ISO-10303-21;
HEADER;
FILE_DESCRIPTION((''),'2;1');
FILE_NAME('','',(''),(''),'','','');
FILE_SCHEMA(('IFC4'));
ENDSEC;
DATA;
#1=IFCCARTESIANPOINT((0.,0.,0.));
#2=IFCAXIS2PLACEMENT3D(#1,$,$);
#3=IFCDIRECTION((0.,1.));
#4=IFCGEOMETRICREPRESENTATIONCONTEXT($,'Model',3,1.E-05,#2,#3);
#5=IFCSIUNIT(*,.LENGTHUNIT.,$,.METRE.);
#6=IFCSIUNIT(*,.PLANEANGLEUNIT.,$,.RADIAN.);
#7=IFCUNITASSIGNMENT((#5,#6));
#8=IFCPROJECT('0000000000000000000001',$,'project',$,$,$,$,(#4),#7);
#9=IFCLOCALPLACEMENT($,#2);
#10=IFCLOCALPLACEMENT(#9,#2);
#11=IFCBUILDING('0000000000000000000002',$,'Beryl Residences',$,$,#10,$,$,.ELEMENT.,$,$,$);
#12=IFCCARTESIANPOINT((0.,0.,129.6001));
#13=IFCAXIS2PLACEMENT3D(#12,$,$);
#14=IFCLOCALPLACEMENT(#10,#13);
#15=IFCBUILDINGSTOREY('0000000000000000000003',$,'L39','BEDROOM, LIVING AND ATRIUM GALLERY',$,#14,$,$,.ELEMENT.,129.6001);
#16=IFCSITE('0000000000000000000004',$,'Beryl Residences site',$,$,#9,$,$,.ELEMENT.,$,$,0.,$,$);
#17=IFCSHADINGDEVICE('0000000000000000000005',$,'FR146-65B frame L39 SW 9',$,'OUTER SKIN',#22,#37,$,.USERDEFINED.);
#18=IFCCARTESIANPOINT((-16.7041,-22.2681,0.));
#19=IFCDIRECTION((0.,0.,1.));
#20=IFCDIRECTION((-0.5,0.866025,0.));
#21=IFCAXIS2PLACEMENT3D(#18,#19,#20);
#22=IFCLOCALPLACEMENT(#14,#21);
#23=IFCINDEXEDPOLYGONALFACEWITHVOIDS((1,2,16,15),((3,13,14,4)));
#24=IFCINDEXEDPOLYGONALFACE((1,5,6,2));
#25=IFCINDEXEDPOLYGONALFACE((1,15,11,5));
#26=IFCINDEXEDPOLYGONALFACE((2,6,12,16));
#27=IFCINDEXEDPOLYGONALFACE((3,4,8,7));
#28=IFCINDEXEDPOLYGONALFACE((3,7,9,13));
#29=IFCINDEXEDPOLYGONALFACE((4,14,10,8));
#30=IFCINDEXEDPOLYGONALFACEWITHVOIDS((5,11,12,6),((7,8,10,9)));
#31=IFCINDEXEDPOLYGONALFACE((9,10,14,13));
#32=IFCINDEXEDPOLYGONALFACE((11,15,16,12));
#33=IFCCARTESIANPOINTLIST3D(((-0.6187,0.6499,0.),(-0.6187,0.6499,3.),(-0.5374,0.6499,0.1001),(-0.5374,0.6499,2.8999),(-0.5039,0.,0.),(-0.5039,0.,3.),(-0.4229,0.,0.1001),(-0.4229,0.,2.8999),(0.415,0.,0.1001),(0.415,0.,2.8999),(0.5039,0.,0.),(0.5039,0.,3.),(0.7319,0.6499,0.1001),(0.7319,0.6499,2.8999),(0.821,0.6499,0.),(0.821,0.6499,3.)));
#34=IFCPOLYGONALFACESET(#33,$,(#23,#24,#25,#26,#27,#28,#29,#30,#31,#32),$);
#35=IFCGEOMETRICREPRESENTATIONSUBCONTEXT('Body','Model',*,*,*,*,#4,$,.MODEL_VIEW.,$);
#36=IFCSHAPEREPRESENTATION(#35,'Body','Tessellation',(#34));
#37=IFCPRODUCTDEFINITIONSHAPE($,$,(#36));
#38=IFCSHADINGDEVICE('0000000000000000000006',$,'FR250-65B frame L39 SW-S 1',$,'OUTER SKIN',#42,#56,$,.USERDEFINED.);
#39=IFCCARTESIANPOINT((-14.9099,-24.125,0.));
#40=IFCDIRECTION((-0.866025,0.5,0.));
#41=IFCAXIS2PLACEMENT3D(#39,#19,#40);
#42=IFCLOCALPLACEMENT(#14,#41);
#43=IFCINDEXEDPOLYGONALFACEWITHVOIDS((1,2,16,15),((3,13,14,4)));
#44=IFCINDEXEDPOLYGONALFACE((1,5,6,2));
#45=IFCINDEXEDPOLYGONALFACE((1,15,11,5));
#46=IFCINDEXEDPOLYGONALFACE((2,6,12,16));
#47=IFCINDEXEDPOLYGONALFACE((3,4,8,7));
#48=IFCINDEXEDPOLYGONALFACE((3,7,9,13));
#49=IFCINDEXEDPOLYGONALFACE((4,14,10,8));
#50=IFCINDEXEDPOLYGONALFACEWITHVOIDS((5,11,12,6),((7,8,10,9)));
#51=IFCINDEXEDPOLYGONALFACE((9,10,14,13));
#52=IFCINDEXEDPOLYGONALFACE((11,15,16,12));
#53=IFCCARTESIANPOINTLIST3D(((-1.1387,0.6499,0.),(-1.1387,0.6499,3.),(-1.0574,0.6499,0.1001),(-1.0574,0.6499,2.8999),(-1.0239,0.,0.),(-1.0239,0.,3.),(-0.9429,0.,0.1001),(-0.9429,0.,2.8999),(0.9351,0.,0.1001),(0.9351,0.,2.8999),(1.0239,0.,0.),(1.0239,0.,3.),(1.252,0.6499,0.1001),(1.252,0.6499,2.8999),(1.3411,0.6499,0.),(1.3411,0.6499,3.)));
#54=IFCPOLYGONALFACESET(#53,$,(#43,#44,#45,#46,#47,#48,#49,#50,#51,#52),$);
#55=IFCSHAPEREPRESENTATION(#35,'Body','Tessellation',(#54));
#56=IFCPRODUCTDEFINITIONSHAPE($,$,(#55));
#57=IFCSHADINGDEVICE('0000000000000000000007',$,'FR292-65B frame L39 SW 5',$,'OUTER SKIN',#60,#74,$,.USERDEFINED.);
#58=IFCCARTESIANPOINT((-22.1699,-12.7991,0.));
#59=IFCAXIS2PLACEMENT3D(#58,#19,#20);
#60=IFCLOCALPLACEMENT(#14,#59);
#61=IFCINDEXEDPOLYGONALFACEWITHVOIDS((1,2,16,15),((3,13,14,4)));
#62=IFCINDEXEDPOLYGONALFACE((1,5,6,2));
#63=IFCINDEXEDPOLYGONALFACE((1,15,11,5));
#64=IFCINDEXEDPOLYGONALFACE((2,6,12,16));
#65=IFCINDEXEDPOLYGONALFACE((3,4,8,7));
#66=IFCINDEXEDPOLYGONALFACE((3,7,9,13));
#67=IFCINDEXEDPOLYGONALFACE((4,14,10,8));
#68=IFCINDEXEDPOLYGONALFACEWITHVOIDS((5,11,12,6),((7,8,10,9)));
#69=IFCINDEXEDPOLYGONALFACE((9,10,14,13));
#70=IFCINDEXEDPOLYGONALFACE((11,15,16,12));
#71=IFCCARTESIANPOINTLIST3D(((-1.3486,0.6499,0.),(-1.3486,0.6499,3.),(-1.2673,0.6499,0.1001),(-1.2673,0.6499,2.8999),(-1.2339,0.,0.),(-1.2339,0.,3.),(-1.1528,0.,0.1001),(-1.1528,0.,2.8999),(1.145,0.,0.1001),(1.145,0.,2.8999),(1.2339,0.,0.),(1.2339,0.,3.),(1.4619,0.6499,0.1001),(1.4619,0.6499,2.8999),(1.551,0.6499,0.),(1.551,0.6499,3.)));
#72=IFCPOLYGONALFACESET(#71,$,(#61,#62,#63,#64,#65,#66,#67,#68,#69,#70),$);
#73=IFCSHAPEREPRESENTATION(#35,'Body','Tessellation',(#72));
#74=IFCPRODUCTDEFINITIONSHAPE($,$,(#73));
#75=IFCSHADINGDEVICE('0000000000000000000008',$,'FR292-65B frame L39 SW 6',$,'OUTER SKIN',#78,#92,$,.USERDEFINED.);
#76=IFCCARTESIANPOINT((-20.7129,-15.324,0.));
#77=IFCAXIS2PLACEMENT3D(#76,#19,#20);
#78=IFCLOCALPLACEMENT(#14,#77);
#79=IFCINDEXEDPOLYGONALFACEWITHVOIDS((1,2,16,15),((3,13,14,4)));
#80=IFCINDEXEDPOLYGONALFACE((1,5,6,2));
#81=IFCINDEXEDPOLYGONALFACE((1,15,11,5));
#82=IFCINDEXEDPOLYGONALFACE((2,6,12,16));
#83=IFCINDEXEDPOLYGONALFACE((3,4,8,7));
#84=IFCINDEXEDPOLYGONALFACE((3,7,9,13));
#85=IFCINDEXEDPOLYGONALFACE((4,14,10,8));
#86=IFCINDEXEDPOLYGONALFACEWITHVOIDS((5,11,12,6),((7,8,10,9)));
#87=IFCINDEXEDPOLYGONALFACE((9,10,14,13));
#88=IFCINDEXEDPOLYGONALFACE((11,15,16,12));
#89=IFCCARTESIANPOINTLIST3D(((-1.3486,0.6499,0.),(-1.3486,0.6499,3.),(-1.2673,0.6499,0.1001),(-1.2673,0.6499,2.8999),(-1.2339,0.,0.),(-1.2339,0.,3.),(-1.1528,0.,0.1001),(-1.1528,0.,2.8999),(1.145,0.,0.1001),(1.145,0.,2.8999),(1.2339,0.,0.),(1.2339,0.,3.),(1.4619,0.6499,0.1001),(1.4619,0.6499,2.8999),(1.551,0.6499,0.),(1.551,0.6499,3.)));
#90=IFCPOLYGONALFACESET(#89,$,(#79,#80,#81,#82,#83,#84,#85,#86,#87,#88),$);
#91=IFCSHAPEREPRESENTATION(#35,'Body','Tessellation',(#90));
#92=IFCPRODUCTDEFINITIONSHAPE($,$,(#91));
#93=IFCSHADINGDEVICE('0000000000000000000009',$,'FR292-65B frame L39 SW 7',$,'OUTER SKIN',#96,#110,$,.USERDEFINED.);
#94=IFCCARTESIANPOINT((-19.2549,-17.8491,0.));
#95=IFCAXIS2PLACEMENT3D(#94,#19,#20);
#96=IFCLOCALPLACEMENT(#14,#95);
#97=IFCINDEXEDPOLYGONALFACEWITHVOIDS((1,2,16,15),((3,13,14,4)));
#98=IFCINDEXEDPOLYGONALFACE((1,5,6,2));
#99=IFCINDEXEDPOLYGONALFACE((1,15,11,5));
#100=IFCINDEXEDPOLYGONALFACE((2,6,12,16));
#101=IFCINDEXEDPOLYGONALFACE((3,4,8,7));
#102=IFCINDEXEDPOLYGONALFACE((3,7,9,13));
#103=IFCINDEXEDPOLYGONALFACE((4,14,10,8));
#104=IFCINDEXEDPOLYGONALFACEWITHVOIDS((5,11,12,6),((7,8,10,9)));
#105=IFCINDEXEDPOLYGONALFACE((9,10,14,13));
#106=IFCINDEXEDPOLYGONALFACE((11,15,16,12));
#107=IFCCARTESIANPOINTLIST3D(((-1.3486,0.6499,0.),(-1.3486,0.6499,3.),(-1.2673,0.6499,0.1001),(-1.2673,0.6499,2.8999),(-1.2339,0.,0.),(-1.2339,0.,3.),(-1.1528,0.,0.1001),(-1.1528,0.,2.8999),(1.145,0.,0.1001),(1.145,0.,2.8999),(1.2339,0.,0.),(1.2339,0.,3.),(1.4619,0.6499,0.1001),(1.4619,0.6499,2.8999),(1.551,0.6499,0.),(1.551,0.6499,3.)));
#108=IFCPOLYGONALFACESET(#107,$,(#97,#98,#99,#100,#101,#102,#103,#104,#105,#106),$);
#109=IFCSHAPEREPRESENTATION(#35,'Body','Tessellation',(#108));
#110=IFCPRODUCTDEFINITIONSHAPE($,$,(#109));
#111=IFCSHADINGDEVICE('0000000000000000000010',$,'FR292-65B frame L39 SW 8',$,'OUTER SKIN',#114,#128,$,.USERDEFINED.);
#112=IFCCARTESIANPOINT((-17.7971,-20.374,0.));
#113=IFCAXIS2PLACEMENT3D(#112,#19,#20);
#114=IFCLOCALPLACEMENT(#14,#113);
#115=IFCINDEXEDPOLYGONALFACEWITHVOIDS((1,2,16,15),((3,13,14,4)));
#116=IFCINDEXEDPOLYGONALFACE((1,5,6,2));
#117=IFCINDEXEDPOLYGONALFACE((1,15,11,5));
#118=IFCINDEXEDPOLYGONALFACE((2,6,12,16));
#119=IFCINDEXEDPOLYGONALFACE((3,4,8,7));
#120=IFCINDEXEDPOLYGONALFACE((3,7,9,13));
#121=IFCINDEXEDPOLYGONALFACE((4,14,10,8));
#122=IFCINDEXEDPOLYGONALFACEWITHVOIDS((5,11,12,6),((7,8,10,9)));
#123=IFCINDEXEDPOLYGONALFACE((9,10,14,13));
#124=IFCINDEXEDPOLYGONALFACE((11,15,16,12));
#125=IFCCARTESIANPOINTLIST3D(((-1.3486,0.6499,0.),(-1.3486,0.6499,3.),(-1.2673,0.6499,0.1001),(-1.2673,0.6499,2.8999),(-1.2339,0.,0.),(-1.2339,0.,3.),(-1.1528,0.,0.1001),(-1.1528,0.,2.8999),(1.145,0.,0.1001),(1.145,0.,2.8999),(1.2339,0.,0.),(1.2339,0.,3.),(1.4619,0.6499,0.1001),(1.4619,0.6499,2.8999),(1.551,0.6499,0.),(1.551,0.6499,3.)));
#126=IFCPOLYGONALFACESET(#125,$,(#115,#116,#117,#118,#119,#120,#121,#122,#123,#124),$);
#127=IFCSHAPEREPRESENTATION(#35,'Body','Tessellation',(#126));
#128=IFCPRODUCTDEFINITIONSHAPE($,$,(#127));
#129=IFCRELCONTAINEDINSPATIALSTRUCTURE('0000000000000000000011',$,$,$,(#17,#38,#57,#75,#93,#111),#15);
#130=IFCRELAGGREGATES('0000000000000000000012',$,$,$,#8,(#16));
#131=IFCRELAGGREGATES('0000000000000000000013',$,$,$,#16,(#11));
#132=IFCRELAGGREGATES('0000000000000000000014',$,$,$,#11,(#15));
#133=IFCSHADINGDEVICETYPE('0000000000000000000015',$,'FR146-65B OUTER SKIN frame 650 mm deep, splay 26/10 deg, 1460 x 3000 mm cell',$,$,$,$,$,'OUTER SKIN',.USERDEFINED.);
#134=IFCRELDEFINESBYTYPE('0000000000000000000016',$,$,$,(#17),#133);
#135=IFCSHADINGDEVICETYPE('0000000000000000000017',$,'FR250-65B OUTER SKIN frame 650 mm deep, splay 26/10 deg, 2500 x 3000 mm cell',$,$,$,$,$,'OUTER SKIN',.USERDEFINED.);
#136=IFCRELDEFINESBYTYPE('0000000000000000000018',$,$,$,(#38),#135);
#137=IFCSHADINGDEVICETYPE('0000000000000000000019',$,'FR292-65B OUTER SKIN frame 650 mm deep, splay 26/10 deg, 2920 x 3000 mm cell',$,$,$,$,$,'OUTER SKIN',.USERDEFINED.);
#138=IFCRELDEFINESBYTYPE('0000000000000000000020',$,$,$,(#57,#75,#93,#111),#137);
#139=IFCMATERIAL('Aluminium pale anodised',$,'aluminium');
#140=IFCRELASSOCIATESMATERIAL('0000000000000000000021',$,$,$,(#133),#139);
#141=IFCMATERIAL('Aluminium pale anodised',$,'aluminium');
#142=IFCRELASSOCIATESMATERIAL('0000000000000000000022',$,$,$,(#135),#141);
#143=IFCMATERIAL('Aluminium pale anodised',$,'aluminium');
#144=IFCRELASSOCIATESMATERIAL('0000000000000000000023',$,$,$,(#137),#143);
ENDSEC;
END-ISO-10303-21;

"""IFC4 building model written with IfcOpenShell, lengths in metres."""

from ifc_helpers import new_model, entity, si_unit, direction, frame, origin, place, context, subcontext, project, spatial, source, transform, mapped, material, type_object, type_shapes, element, save


model = new_model("IFC4")

# Units and contexts
model_context = context("Model", 3, precision=1e-05, world=origin(), true_north=direction((0.0, 1.0)))
body_context = subcontext(model_context, "Body", "Model", "MODEL_VIEW")
ifc_project = project(units=[si_unit("LENGTHUNIT", "METRE"), si_unit("PLANEANGLEUNIT", "RADIAN")], contexts=[model_context])

# Site, building, storey
site_placement = place(None, origin())
site = spatial("IfcSite", under=ifc_project, at=site_placement, Name="Beryl Residences site", CompositionType="ELEMENT", RefElevation=0.0)
building_placement = place(site_placement, origin())
building = spatial("IfcBuilding", under=site, at=building_placement, Name="Beryl Residences", CompositionType="ELEMENT")
storey_placement = place(building_placement, frame((0.0, 0.0, 129.6001)))
storey = spatial("IfcBuildingStorey", under=building, at=storey_placement, Name="L39", Description="BEDROOM, LIVING AND ATRIUM GALLERY", CompositionType="ELEMENT", Elevation=129.6001)

# Shading devices
ifc_material_1 = material(Name="Aluminium pale anodised", Category="aluminium")
shading_device_type_1 = type_object("IfcShadingDeviceType", Name="FR146-65B OUTER SKIN frame 650 mm deep, splay 26/10 deg, 1460 x 3000 mm cell", ElementType="OUTER SKIN", PredefinedType="USERDEFINED", material=ifc_material_1)
cartesian_point_1 = entity("IfcCartesianPoint", [-0.5039, 0.0])
cartesian_point_2 = entity("IfcCartesianPoint", [-0.415, 0.1001])
cartesian_point_3 = entity("IfcCartesianPoint", [-0.821, 0.0])
cartesian_point_4 = entity("IfcCartesianPoint", [-0.7319, 0.1001])
shared_shape_1 = source(origin(), body_context, "Body", "SweptSolid", [
    entity("IfcExtrudedAreaSolidTapered", entity("IfcArbitraryProfileDefWithVoids", "AREA", None, entity("IfcPolyline", [cartesian_point_1, entity("IfcCartesianPoint", [0.5039, 0.0]), entity("IfcCartesianPoint", [0.5039, 3.0]), entity("IfcCartesianPoint", [-0.5039, 3.0]), cartesian_point_1]), [entity("IfcPolyline", [cartesian_point_2, entity("IfcCartesianPoint", [0.4229, 0.1001]), entity("IfcCartesianPoint", [0.4229, 2.8999]), entity("IfcCartesianPoint", [-0.415, 2.8999]), cartesian_point_2])]), entity("IfcAxis2Placement3D", entity("IfcCartesianPoint", [0.0, 0.0, 0.0]), entity("IfcDirection", [0.0, 1.0, 0.0]), entity("IfcDirection", [-1.0, 0.0, 0.0])), entity("IfcDirection", [0.0, 0.0, 1.0]), 0.6499, entity("IfcArbitraryProfileDefWithVoids", "AREA", None, entity("IfcPolyline", [cartesian_point_3, entity("IfcCartesianPoint", [0.6187, 0.0]), entity("IfcCartesianPoint", [0.6187, 3.0]), entity("IfcCartesianPoint", [-0.821, 3.0]), cartesian_point_3]), [entity("IfcPolyline", [cartesian_point_4, entity("IfcCartesianPoint", [0.5374, 0.1001]), entity("IfcCartesianPoint", [0.5374, 2.8999]), entity("IfcCartesianPoint", [-0.7319, 2.8999]), cartesian_point_4])])),
])
type_shapes(shading_device_type_1, [shared_shape_1])
shading_device_1_placement = place(storey_placement, frame((-16.7041, -22.2681, 0.0), z_axis=(0.0, 0.0, 1.0), x_axis=(-0.5, 0.866025, 0.0)))
element("IfcShadingDevice", 1, at=shading_device_1_placement, inside=storey, type_object=shading_device_type_1, Name="FR146-65B frame L39 SW 9", ObjectType="OUTER SKIN", PredefinedType="USERDEFINED", context=body_context, shape_type="MappedRepresentation", body=[
    mapped(shared_shape_1, transform((0.0, 0.0, 0.0))),
])
ifc_material_2 = material(Name="Aluminium pale anodised", Category="aluminium")
shading_device_type_2 = type_object("IfcShadingDeviceType", Name="FR250-65B OUTER SKIN frame 650 mm deep, splay 26/10 deg, 2500 x 3000 mm cell", ElementType="OUTER SKIN", PredefinedType="USERDEFINED", material=ifc_material_2)
cartesian_point_5 = entity("IfcCartesianPoint", [-1.0239, 0.0])
cartesian_point_6 = entity("IfcCartesianPoint", [-0.9351, 0.1001])
cartesian_point_7 = entity("IfcCartesianPoint", [-1.3411, 0.0])
cartesian_point_8 = entity("IfcCartesianPoint", [-1.252, 0.1001])
shared_shape_2 = source(origin(), body_context, "Body", "SweptSolid", [
    entity("IfcExtrudedAreaSolidTapered", entity("IfcArbitraryProfileDefWithVoids", "AREA", None, entity("IfcPolyline", [cartesian_point_5, entity("IfcCartesianPoint", [1.0239, 0.0]), entity("IfcCartesianPoint", [1.0239, 3.0]), entity("IfcCartesianPoint", [-1.0239, 3.0]), cartesian_point_5]), [entity("IfcPolyline", [cartesian_point_6, entity("IfcCartesianPoint", [0.9429, 0.1001]), entity("IfcCartesianPoint", [0.9429, 2.8999]), entity("IfcCartesianPoint", [-0.9351, 2.8999]), cartesian_point_6])]), entity("IfcAxis2Placement3D", entity("IfcCartesianPoint", [0.0, 0.0, 0.0]), entity("IfcDirection", [0.0, 1.0, 0.0]), entity("IfcDirection", [-1.0, 0.0, 0.0])), entity("IfcDirection", [0.0, 0.0, 1.0]), 0.6499, entity("IfcArbitraryProfileDefWithVoids", "AREA", None, entity("IfcPolyline", [cartesian_point_7, entity("IfcCartesianPoint", [1.1387, 0.0]), entity("IfcCartesianPoint", [1.1387, 3.0]), entity("IfcCartesianPoint", [-1.3411, 3.0]), cartesian_point_7]), [entity("IfcPolyline", [cartesian_point_8, entity("IfcCartesianPoint", [1.0574, 0.1001]), entity("IfcCartesianPoint", [1.0574, 2.8999]), entity("IfcCartesianPoint", [-1.252, 2.8999]), cartesian_point_8])])),
])
type_shapes(shading_device_type_2, [shared_shape_2])
shading_device_2_placement = place(storey_placement, frame((-14.9099, -24.125, 0.0), z_axis=(0.0, 0.0, 1.0), x_axis=(-0.866025, 0.5, 0.0)))
element("IfcShadingDevice", 2, at=shading_device_2_placement, inside=storey, type_object=shading_device_type_2, Name="FR250-65B frame L39 SW-S 1", ObjectType="OUTER SKIN", PredefinedType="USERDEFINED", context=body_context, shape_type="MappedRepresentation", body=[
    mapped(shared_shape_2, transform((0.0, 0.0, 0.0))),
])
ifc_material_3 = material(Name="Aluminium pale anodised", Category="aluminium")
shading_device_type_3 = type_object("IfcShadingDeviceType", Name="FR292-65B OUTER SKIN frame 650 mm deep, splay 26/10 deg, 2920 x 3000 mm cell", ElementType="OUTER SKIN", PredefinedType="USERDEFINED", material=ifc_material_3)
cartesian_point_9 = entity("IfcCartesianPoint", [-1.2339, 0.0])
cartesian_point_10 = entity("IfcCartesianPoint", [-1.145, 0.1001])
cartesian_point_11 = entity("IfcCartesianPoint", [-1.551, 0.0])
cartesian_point_12 = entity("IfcCartesianPoint", [-1.4619, 0.1001])
shared_shape_3 = source(origin(), body_context, "Body", "SweptSolid", [
    entity("IfcExtrudedAreaSolidTapered", entity("IfcArbitraryProfileDefWithVoids", "AREA", None, entity("IfcPolyline", [cartesian_point_9, entity("IfcCartesianPoint", [1.2339, 0.0]), entity("IfcCartesianPoint", [1.2339, 3.0]), entity("IfcCartesianPoint", [-1.2339, 3.0]), cartesian_point_9]), [entity("IfcPolyline", [cartesian_point_10, entity("IfcCartesianPoint", [1.1528, 0.1001]), entity("IfcCartesianPoint", [1.1528, 2.8999]), entity("IfcCartesianPoint", [-1.145, 2.8999]), cartesian_point_10])]), entity("IfcAxis2Placement3D", entity("IfcCartesianPoint", [0.0, 0.0, 0.0]), entity("IfcDirection", [0.0, 1.0, 0.0]), entity("IfcDirection", [-1.0, 0.0, 0.0])), entity("IfcDirection", [0.0, 0.0, 1.0]), 0.6499, entity("IfcArbitraryProfileDefWithVoids", "AREA", None, entity("IfcPolyline", [cartesian_point_11, entity("IfcCartesianPoint", [1.3486, 0.0]), entity("IfcCartesianPoint", [1.3486, 3.0]), entity("IfcCartesianPoint", [-1.551, 3.0]), cartesian_point_11]), [entity("IfcPolyline", [cartesian_point_12, entity("IfcCartesianPoint", [1.2673, 0.1001]), entity("IfcCartesianPoint", [1.2673, 2.8999]), entity("IfcCartesianPoint", [-1.4619, 2.8999]), cartesian_point_12])])),
])
type_shapes(shading_device_type_3, [shared_shape_3])
for number, where, z_axis, x_axis, name in (
    (3, (-22.1699, -12.7991, 0.0), (0.0, 0.0, 1.0), (-0.5, 0.866025, 0.0), "FR292-65B frame L39 SW 5"),
    (4, (-20.7129, -15.324, 0.0), (0.0, 0.0, 1.0), (-0.5, 0.866025, 0.0), "FR292-65B frame L39 SW 6"),
    (5, (-19.2549, -17.8491, 0.0), (0.0, 0.0, 1.0), (-0.5, 0.866025, 0.0), "FR292-65B frame L39 SW 7"),
    (6, (-17.7971, -20.374, 0.0), (0.0, 0.0, 1.0), (-0.5, 0.866025, 0.0), "FR292-65B frame L39 SW 8"),
):
    element("IfcShadingDevice", number, at=place(storey_placement, frame(where, z_axis=z_axis, x_axis=x_axis)), inside=storey, type_object=shading_device_type_3, Name=name, ObjectType="OUTER SKIN", PredefinedType="USERDEFINED", context=body_context, shape_type="MappedRepresentation", body=[
        mapped(shared_shape_3, transform((0.0, 0.0, 0.0))),
    ])

save(model, "model.ifc")
